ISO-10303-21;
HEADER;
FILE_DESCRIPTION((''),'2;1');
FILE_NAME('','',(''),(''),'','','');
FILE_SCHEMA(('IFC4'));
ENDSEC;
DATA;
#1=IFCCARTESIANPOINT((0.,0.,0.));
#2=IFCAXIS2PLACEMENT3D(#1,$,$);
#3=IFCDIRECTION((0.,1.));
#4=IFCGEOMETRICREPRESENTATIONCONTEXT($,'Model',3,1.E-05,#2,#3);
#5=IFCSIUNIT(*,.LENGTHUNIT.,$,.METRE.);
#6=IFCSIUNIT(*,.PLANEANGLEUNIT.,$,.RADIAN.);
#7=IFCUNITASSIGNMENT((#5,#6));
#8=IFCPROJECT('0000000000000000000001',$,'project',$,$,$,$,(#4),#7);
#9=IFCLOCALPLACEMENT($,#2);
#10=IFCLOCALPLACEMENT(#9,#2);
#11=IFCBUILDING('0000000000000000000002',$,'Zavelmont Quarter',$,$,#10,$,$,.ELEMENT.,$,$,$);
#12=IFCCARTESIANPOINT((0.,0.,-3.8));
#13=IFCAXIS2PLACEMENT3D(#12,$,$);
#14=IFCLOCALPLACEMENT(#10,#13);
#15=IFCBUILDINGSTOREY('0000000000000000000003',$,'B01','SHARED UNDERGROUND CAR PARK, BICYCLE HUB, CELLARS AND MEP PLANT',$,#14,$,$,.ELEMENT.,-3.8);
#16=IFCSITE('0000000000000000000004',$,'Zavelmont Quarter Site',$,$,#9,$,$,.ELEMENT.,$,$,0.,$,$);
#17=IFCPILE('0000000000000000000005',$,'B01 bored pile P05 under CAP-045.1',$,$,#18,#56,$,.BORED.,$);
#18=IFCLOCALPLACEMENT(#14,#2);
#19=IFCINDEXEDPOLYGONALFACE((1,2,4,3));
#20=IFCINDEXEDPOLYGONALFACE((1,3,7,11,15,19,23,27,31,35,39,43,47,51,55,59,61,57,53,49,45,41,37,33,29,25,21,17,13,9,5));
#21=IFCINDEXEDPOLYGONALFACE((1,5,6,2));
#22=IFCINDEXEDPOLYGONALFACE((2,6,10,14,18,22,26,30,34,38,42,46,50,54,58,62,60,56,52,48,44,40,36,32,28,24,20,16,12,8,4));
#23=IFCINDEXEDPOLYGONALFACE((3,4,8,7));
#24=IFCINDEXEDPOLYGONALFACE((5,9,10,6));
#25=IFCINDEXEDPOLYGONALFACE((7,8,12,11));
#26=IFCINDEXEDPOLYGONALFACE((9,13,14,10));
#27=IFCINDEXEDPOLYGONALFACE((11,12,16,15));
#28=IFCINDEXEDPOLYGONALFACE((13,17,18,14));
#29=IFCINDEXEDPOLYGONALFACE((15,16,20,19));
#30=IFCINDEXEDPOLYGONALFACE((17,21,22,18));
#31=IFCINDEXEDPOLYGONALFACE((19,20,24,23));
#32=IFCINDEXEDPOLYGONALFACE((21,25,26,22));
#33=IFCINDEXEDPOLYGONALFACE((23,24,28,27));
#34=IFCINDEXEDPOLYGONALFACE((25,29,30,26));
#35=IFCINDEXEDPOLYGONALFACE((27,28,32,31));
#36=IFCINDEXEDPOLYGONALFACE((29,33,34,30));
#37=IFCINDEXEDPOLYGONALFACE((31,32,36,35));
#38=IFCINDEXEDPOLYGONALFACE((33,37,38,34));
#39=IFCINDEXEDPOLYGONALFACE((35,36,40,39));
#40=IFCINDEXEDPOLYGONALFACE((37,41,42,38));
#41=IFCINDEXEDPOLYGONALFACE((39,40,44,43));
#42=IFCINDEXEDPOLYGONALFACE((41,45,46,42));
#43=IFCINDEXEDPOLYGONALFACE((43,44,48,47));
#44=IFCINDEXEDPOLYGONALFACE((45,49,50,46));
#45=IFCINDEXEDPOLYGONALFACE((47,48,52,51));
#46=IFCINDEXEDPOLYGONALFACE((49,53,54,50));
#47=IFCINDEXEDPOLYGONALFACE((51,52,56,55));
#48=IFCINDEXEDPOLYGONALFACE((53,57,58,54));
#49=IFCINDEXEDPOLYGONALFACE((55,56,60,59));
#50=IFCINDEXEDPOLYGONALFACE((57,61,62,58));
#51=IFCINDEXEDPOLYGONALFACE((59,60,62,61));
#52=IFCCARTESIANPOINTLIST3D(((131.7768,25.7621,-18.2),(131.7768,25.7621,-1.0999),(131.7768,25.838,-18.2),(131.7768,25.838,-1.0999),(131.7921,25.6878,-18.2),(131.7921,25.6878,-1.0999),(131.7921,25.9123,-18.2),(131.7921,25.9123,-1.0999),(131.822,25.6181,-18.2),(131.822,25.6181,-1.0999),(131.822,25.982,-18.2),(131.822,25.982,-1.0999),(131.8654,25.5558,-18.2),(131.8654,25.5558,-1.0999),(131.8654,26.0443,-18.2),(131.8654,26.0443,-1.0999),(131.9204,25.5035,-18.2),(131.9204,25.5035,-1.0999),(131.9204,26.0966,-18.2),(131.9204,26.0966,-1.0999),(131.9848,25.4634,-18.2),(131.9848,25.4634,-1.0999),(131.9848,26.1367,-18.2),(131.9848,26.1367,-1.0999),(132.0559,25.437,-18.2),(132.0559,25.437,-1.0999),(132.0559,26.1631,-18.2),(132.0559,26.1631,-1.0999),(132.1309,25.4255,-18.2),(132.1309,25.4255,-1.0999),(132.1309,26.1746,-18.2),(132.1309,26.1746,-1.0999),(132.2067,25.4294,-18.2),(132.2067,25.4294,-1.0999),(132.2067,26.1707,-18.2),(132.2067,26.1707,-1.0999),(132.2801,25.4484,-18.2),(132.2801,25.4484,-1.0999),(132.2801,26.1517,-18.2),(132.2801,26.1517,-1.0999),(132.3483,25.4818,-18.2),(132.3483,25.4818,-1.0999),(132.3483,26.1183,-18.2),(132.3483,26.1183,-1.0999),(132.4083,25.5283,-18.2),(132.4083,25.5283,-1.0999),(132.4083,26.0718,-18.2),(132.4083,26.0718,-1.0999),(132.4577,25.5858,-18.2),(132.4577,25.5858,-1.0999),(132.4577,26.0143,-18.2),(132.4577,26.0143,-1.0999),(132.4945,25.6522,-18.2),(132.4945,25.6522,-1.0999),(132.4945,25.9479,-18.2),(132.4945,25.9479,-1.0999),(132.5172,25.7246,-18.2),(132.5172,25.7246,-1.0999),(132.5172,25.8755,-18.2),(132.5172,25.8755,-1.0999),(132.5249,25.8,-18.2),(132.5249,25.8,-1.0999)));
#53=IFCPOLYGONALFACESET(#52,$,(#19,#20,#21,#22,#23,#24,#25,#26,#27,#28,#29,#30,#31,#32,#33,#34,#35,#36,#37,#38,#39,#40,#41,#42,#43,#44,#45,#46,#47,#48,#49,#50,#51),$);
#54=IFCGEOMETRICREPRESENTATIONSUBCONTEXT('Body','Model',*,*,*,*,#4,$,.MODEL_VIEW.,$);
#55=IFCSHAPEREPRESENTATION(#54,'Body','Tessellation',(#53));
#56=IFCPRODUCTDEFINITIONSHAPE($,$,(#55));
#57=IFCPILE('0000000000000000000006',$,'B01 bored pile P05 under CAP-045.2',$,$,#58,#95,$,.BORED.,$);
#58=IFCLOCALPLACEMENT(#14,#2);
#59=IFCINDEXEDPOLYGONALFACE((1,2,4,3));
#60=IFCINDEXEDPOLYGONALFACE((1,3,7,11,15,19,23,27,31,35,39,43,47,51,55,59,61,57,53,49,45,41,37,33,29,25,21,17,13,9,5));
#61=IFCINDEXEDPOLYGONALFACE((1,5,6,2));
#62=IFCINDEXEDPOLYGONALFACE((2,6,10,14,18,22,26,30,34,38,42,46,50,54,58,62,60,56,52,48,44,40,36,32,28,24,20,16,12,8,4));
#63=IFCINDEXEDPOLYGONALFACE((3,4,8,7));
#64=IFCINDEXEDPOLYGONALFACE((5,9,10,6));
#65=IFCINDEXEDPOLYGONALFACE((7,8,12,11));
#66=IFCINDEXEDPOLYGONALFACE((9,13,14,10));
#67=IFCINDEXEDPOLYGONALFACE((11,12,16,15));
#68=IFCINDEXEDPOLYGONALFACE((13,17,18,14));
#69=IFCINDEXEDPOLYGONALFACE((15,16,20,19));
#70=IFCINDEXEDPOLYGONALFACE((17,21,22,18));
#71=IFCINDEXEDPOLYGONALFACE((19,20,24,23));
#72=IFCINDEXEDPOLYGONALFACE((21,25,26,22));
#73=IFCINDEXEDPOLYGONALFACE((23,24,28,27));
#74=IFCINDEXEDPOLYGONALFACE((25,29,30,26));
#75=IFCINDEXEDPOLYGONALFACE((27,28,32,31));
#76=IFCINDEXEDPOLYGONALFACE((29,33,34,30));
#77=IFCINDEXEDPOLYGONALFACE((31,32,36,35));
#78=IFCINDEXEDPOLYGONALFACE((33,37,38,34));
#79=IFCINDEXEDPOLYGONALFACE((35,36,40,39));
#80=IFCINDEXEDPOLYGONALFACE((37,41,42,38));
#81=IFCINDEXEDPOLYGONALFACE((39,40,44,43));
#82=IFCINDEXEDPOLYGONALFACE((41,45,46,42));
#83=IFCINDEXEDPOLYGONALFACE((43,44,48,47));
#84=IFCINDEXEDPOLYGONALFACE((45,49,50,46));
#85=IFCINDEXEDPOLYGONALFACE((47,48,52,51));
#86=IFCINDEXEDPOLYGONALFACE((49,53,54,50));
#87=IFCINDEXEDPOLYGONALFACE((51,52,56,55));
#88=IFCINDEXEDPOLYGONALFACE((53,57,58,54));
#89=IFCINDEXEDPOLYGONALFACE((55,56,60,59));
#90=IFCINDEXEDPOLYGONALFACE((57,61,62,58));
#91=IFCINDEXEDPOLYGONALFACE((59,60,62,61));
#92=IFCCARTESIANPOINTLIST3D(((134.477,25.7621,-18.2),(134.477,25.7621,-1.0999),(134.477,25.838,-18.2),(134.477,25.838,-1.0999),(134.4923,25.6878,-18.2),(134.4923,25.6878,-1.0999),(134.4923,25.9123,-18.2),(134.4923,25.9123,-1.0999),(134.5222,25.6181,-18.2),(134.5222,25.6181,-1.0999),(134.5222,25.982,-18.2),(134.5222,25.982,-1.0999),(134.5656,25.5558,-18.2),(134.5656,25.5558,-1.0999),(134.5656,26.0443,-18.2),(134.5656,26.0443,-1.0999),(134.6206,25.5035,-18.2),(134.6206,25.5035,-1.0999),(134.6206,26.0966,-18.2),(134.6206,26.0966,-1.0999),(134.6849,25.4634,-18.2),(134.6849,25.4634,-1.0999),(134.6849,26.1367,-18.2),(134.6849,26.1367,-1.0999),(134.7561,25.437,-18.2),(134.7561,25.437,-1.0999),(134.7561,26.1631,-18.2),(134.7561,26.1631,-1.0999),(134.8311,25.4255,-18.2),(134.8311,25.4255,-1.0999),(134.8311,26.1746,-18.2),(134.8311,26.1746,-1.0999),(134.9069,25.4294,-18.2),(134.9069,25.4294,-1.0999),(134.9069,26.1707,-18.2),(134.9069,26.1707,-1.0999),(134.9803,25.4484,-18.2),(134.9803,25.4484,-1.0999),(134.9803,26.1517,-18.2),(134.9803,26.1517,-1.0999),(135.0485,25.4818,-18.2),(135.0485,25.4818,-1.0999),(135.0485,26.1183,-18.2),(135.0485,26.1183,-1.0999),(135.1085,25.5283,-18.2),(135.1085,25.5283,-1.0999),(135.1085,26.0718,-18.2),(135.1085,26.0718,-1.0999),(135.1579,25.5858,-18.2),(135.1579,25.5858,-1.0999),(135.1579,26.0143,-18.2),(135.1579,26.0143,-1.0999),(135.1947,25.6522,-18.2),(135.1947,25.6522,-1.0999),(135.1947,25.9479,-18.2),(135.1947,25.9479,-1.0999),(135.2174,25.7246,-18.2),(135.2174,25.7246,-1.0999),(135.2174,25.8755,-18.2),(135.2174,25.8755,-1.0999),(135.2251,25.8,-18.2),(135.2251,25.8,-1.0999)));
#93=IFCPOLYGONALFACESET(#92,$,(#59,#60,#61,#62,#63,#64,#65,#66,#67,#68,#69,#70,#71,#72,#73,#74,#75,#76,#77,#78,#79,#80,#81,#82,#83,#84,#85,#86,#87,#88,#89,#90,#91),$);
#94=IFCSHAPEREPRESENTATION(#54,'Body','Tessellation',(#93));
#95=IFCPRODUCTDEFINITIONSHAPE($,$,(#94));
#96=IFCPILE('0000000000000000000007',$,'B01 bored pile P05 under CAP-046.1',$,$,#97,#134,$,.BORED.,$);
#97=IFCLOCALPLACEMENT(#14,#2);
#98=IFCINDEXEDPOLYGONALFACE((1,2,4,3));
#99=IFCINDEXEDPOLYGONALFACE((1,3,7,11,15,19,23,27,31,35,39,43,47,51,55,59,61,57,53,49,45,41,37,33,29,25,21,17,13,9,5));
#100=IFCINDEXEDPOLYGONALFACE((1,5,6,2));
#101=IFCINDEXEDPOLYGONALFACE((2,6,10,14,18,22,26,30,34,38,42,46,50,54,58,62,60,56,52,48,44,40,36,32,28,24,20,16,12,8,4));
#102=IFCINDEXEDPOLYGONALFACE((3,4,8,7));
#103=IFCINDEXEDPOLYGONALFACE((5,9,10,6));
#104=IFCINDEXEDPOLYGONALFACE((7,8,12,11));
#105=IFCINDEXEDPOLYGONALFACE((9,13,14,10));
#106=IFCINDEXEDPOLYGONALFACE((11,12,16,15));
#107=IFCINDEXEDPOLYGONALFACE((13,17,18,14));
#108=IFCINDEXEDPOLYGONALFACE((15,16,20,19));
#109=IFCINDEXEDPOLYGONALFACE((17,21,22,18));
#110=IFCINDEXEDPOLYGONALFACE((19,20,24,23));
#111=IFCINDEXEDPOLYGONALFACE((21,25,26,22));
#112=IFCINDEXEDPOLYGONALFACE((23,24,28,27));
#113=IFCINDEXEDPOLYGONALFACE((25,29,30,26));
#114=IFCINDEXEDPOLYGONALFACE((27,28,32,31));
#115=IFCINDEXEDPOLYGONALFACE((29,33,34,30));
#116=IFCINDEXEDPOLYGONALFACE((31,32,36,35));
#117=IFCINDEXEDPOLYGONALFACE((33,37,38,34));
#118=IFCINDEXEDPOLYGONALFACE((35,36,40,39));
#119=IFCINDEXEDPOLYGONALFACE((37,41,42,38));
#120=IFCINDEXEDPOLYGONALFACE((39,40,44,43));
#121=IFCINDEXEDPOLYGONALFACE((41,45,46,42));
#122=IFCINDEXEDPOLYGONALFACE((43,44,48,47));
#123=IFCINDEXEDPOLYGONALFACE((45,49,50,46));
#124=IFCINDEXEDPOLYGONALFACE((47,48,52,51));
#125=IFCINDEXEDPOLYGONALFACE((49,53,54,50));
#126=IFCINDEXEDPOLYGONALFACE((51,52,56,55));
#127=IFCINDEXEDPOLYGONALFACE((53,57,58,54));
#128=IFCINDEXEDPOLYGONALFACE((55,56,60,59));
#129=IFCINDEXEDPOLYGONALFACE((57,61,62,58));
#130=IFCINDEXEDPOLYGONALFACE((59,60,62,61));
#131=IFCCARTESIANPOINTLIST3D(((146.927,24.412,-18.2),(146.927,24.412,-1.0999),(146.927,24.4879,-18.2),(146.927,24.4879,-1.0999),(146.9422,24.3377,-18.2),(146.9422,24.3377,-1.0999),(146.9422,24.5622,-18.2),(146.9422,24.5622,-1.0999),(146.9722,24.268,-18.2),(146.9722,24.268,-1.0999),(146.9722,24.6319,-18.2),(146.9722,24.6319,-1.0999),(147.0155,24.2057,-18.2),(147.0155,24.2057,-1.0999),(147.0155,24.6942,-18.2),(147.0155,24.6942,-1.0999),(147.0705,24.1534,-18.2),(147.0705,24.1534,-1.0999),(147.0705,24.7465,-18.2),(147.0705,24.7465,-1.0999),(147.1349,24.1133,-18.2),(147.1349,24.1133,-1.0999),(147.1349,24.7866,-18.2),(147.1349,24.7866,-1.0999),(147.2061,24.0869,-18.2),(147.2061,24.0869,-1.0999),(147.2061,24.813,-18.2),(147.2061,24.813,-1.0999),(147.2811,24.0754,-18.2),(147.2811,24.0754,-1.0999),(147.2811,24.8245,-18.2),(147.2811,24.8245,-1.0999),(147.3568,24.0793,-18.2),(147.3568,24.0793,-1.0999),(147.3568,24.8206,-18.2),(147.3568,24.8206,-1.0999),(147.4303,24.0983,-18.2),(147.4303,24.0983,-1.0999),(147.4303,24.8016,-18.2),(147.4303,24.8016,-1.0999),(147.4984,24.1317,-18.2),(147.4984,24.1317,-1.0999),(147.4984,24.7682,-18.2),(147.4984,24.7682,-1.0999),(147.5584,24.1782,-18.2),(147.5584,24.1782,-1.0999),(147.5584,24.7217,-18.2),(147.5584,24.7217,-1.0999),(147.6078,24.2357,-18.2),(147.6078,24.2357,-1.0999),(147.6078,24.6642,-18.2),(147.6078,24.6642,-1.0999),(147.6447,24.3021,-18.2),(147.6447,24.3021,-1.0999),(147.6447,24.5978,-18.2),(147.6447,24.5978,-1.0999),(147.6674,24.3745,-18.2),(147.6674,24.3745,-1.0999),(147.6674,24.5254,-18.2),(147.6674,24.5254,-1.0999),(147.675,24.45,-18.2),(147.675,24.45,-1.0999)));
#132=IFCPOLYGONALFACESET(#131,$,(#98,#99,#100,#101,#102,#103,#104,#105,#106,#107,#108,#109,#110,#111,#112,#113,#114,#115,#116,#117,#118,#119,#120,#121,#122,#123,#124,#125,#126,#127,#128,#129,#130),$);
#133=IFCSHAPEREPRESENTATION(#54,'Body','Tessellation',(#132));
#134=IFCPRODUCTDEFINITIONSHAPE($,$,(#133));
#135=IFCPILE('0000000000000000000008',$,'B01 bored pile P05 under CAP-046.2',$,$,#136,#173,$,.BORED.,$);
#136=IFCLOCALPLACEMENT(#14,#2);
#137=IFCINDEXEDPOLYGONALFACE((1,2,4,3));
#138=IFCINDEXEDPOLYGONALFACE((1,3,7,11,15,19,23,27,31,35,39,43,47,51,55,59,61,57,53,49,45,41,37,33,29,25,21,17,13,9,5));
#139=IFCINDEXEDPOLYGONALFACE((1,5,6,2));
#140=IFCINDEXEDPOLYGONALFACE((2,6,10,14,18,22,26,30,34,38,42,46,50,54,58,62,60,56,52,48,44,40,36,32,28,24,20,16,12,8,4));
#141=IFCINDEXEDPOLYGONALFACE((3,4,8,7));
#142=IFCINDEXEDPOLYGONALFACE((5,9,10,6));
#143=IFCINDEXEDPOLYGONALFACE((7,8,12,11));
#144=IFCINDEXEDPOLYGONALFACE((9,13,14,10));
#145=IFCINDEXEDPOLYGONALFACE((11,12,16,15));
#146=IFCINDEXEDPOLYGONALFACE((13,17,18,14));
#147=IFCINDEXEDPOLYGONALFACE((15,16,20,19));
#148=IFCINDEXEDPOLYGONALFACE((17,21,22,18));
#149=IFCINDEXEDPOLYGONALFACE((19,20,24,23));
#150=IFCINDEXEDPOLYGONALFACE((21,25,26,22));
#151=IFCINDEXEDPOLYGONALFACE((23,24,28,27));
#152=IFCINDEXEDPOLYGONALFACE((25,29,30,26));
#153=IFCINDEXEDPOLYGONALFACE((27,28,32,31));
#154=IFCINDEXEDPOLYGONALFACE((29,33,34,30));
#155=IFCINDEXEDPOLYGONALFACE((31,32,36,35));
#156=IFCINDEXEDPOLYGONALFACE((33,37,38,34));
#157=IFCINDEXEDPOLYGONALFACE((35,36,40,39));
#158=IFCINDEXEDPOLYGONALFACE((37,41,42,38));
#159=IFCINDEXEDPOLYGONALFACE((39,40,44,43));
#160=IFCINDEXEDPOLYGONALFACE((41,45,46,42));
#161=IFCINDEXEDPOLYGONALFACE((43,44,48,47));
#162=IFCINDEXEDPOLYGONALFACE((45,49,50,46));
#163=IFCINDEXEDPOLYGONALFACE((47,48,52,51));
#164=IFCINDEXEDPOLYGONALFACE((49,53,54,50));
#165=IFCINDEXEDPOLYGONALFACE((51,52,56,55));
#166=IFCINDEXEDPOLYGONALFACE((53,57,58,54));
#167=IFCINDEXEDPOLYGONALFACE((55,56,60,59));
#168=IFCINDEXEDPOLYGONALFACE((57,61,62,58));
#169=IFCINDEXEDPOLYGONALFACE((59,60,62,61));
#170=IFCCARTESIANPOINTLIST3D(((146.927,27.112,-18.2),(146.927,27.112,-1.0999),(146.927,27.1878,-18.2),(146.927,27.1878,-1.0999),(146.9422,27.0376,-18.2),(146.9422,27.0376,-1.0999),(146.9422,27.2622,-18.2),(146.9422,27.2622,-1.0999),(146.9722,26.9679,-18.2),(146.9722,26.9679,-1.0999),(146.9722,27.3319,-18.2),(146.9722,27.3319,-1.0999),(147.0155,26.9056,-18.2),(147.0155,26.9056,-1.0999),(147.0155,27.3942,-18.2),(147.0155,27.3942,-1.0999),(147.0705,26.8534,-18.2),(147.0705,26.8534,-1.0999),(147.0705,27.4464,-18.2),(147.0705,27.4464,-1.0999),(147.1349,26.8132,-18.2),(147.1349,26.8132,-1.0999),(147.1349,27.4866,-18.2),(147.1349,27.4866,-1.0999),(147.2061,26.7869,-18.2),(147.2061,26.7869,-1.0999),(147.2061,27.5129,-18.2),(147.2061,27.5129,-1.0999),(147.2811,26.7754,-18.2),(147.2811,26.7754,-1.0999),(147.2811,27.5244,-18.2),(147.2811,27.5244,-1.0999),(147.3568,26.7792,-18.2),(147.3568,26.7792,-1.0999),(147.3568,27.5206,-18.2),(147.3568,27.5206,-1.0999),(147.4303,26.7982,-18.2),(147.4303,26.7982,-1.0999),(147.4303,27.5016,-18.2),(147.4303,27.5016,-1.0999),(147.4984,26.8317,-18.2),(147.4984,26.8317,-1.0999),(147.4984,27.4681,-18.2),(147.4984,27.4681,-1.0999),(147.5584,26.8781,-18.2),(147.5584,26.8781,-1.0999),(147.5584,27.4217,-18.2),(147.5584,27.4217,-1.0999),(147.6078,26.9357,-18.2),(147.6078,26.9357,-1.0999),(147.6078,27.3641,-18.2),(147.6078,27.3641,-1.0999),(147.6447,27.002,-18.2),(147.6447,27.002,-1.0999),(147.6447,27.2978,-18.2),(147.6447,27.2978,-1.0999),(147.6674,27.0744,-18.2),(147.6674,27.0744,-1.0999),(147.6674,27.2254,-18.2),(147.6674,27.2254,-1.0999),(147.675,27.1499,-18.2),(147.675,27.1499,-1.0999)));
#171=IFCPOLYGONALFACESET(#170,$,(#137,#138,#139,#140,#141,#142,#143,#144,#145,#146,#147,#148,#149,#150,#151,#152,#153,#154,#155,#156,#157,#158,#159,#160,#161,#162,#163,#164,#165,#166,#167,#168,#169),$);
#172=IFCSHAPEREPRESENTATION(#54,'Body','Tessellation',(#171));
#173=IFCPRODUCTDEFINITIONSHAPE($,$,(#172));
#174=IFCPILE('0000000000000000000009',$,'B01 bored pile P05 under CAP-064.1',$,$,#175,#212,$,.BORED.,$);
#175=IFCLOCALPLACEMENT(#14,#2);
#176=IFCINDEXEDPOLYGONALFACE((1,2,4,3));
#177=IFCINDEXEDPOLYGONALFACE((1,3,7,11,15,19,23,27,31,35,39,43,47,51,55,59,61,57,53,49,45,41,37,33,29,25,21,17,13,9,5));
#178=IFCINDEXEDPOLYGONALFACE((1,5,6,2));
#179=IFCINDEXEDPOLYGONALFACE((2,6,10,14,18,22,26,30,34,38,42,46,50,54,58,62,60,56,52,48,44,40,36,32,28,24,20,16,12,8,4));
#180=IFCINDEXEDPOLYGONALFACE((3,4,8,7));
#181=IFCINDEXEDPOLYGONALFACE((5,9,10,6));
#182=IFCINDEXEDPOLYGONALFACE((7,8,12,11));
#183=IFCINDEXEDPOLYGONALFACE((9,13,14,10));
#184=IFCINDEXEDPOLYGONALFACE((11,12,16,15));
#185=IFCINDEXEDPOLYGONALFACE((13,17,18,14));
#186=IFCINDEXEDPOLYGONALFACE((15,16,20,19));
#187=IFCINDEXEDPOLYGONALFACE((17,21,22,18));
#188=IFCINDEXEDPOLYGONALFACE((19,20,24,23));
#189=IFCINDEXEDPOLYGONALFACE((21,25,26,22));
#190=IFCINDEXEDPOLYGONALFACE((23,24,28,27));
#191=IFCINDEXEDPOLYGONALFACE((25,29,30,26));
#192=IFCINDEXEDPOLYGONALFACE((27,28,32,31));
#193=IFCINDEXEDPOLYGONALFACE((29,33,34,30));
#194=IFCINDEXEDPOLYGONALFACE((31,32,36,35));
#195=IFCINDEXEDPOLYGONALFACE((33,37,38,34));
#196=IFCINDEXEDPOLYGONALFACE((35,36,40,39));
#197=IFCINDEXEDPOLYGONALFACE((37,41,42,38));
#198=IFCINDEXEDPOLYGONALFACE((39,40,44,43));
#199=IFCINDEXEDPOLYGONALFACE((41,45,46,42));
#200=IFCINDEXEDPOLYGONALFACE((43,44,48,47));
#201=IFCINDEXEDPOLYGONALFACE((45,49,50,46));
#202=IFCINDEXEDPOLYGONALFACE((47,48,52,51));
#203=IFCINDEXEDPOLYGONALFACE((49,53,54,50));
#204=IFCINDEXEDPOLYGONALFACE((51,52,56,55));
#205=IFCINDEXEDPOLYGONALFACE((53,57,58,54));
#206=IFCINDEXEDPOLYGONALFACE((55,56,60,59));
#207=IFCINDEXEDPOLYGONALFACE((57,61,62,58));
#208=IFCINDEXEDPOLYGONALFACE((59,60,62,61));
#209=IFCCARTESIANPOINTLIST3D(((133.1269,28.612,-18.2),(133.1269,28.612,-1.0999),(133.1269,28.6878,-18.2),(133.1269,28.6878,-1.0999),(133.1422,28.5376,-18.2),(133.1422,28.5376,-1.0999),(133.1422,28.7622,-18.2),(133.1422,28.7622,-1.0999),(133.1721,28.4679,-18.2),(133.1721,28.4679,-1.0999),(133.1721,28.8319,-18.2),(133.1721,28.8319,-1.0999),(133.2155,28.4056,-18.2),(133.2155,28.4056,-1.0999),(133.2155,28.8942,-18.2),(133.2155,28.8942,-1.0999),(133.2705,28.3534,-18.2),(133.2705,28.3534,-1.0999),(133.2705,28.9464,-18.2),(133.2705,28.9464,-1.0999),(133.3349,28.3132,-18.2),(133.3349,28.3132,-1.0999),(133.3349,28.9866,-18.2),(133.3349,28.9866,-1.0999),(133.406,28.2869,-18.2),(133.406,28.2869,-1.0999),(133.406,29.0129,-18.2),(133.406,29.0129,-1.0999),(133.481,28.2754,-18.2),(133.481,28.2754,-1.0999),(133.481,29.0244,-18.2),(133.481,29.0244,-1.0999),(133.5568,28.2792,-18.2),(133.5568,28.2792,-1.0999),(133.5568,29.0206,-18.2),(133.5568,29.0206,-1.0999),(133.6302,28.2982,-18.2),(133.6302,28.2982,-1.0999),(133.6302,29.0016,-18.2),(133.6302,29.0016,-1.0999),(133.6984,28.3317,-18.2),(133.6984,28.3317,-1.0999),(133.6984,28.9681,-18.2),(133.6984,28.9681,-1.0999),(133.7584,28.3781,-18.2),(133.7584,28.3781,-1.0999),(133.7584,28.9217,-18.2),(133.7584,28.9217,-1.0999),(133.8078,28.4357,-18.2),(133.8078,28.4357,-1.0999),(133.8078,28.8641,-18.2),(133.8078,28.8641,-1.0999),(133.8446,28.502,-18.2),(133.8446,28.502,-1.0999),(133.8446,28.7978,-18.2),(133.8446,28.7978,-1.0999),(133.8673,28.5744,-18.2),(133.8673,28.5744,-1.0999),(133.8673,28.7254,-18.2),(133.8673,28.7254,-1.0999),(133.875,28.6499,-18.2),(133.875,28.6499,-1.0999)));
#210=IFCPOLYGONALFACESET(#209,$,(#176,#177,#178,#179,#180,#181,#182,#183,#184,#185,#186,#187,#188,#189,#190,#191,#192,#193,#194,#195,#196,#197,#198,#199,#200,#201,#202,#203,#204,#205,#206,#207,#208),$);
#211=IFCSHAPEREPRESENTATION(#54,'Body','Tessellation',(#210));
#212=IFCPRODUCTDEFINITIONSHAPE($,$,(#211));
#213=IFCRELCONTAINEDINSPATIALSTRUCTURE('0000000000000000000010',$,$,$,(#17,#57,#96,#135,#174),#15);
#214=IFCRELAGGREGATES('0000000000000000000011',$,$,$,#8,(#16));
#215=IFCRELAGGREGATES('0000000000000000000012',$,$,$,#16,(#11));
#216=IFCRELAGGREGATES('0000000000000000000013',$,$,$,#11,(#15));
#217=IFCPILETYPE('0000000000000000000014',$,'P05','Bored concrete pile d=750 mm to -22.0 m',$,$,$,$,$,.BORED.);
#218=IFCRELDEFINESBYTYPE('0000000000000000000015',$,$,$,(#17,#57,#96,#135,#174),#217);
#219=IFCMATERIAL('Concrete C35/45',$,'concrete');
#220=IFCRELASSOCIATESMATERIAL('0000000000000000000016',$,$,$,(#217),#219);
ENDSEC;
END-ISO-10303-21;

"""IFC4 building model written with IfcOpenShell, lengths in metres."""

from ifc_helpers import new_model, si_unit, direction, frame, origin, origin_2d, place, context, subcontext, project, spatial, circle, extrude, material, material_profile, profile_set, type_object, element, save


model = new_model("IFC4")

# Units and contexts
model_context = context("Model", 3, precision=1e-05, world=origin(), true_north=direction((0.0, 1.0)))
body_context = subcontext(model_context, "Body", "Model", "MODEL_VIEW")
ifc_project = project(units=[si_unit("LENGTHUNIT", "METRE"), si_unit("PLANEANGLEUNIT", "RADIAN")], contexts=[model_context])

# Site, building, storey
site_placement = place(None, origin())
site = spatial("IfcSite", under=ifc_project, at=site_placement, Name="Zavelmont Quarter Site", CompositionType="ELEMENT", RefElevation=0.0)
building_placement = place(site_placement, origin())
building = spatial("IfcBuilding", under=site, at=building_placement, Name="Zavelmont Quarter", CompositionType="ELEMENT")
storey_placement = place(building_placement, frame((0.0, 0.0, -3.8)))
storey = spatial("IfcBuildingStorey", under=building, at=storey_placement, Name="B01", Description="SHARED UNDERGROUND CAR PARK, BICYCLE HUB, CELLARS AND MEP PLANT", CompositionType="ELEMENT", Elevation=-3.8)

# Shared definitions
ifc_material_1 = material(Name="Concrete C35/45", Category="concrete")

# Piles
ifc_material_profile_1 = material_profile(ifc_material_1, circle(Radius=0.375, at=origin_2d()), Name="BP750")
ifc_profile_set_1 = profile_set([ifc_material_profile_1], Name="Concrete C35/45")
pile_type_1 = type_object("IfcPileType", Name="P05", Description="Bored concrete pile d=750 mm to -22.0 m", PredefinedType="BORED", material=ifc_profile_set_1)
for number, where, z_axis, x_axis, name in (
    (1, (132.1499, 25.8, -1.0999), (0.0, 0.0, -1.0), (1.0, 0.0, 0.0), "B01 bored pile P05 under CAP-045.1"),
    (2, (134.8501, 25.8, -1.0999), (0.0, 0.0, -1.0), (1.0, 0.0, 0.0), "B01 bored pile P05 under CAP-045.2"),
    (3, (147.3, 24.45, -1.0999), (0.0, 0.0, -1.0), (1.0, 0.0, 0.0), "B01 bored pile P05 under CAP-046.1"),
    (4, (147.3, 27.1499, -1.0999), (0.0, 0.0, -1.0), (1.0, 0.0, 0.0), "B01 bored pile P05 under CAP-046.2"),
    (5, (133.5, 28.6499, -1.0999), (0.0, 0.0, -1.0), (1.0, 0.0, 0.0), "B01 bored pile P05 under CAP-064.1"),
):
    element("IfcPile", number, at=place(storey_placement, frame(where, z_axis=z_axis, x_axis=x_axis)), inside=storey, type_object=pile_type_1, Name=name, PredefinedType="BORED", context=body_context, shape_type="SweptSolid", body=[
        extrude(circle(Radius=0.375, at=origin_2d()), origin(), (0.0, 0.0, 1.0), 17.1001),
    ])

save(model, "model.ifc")
